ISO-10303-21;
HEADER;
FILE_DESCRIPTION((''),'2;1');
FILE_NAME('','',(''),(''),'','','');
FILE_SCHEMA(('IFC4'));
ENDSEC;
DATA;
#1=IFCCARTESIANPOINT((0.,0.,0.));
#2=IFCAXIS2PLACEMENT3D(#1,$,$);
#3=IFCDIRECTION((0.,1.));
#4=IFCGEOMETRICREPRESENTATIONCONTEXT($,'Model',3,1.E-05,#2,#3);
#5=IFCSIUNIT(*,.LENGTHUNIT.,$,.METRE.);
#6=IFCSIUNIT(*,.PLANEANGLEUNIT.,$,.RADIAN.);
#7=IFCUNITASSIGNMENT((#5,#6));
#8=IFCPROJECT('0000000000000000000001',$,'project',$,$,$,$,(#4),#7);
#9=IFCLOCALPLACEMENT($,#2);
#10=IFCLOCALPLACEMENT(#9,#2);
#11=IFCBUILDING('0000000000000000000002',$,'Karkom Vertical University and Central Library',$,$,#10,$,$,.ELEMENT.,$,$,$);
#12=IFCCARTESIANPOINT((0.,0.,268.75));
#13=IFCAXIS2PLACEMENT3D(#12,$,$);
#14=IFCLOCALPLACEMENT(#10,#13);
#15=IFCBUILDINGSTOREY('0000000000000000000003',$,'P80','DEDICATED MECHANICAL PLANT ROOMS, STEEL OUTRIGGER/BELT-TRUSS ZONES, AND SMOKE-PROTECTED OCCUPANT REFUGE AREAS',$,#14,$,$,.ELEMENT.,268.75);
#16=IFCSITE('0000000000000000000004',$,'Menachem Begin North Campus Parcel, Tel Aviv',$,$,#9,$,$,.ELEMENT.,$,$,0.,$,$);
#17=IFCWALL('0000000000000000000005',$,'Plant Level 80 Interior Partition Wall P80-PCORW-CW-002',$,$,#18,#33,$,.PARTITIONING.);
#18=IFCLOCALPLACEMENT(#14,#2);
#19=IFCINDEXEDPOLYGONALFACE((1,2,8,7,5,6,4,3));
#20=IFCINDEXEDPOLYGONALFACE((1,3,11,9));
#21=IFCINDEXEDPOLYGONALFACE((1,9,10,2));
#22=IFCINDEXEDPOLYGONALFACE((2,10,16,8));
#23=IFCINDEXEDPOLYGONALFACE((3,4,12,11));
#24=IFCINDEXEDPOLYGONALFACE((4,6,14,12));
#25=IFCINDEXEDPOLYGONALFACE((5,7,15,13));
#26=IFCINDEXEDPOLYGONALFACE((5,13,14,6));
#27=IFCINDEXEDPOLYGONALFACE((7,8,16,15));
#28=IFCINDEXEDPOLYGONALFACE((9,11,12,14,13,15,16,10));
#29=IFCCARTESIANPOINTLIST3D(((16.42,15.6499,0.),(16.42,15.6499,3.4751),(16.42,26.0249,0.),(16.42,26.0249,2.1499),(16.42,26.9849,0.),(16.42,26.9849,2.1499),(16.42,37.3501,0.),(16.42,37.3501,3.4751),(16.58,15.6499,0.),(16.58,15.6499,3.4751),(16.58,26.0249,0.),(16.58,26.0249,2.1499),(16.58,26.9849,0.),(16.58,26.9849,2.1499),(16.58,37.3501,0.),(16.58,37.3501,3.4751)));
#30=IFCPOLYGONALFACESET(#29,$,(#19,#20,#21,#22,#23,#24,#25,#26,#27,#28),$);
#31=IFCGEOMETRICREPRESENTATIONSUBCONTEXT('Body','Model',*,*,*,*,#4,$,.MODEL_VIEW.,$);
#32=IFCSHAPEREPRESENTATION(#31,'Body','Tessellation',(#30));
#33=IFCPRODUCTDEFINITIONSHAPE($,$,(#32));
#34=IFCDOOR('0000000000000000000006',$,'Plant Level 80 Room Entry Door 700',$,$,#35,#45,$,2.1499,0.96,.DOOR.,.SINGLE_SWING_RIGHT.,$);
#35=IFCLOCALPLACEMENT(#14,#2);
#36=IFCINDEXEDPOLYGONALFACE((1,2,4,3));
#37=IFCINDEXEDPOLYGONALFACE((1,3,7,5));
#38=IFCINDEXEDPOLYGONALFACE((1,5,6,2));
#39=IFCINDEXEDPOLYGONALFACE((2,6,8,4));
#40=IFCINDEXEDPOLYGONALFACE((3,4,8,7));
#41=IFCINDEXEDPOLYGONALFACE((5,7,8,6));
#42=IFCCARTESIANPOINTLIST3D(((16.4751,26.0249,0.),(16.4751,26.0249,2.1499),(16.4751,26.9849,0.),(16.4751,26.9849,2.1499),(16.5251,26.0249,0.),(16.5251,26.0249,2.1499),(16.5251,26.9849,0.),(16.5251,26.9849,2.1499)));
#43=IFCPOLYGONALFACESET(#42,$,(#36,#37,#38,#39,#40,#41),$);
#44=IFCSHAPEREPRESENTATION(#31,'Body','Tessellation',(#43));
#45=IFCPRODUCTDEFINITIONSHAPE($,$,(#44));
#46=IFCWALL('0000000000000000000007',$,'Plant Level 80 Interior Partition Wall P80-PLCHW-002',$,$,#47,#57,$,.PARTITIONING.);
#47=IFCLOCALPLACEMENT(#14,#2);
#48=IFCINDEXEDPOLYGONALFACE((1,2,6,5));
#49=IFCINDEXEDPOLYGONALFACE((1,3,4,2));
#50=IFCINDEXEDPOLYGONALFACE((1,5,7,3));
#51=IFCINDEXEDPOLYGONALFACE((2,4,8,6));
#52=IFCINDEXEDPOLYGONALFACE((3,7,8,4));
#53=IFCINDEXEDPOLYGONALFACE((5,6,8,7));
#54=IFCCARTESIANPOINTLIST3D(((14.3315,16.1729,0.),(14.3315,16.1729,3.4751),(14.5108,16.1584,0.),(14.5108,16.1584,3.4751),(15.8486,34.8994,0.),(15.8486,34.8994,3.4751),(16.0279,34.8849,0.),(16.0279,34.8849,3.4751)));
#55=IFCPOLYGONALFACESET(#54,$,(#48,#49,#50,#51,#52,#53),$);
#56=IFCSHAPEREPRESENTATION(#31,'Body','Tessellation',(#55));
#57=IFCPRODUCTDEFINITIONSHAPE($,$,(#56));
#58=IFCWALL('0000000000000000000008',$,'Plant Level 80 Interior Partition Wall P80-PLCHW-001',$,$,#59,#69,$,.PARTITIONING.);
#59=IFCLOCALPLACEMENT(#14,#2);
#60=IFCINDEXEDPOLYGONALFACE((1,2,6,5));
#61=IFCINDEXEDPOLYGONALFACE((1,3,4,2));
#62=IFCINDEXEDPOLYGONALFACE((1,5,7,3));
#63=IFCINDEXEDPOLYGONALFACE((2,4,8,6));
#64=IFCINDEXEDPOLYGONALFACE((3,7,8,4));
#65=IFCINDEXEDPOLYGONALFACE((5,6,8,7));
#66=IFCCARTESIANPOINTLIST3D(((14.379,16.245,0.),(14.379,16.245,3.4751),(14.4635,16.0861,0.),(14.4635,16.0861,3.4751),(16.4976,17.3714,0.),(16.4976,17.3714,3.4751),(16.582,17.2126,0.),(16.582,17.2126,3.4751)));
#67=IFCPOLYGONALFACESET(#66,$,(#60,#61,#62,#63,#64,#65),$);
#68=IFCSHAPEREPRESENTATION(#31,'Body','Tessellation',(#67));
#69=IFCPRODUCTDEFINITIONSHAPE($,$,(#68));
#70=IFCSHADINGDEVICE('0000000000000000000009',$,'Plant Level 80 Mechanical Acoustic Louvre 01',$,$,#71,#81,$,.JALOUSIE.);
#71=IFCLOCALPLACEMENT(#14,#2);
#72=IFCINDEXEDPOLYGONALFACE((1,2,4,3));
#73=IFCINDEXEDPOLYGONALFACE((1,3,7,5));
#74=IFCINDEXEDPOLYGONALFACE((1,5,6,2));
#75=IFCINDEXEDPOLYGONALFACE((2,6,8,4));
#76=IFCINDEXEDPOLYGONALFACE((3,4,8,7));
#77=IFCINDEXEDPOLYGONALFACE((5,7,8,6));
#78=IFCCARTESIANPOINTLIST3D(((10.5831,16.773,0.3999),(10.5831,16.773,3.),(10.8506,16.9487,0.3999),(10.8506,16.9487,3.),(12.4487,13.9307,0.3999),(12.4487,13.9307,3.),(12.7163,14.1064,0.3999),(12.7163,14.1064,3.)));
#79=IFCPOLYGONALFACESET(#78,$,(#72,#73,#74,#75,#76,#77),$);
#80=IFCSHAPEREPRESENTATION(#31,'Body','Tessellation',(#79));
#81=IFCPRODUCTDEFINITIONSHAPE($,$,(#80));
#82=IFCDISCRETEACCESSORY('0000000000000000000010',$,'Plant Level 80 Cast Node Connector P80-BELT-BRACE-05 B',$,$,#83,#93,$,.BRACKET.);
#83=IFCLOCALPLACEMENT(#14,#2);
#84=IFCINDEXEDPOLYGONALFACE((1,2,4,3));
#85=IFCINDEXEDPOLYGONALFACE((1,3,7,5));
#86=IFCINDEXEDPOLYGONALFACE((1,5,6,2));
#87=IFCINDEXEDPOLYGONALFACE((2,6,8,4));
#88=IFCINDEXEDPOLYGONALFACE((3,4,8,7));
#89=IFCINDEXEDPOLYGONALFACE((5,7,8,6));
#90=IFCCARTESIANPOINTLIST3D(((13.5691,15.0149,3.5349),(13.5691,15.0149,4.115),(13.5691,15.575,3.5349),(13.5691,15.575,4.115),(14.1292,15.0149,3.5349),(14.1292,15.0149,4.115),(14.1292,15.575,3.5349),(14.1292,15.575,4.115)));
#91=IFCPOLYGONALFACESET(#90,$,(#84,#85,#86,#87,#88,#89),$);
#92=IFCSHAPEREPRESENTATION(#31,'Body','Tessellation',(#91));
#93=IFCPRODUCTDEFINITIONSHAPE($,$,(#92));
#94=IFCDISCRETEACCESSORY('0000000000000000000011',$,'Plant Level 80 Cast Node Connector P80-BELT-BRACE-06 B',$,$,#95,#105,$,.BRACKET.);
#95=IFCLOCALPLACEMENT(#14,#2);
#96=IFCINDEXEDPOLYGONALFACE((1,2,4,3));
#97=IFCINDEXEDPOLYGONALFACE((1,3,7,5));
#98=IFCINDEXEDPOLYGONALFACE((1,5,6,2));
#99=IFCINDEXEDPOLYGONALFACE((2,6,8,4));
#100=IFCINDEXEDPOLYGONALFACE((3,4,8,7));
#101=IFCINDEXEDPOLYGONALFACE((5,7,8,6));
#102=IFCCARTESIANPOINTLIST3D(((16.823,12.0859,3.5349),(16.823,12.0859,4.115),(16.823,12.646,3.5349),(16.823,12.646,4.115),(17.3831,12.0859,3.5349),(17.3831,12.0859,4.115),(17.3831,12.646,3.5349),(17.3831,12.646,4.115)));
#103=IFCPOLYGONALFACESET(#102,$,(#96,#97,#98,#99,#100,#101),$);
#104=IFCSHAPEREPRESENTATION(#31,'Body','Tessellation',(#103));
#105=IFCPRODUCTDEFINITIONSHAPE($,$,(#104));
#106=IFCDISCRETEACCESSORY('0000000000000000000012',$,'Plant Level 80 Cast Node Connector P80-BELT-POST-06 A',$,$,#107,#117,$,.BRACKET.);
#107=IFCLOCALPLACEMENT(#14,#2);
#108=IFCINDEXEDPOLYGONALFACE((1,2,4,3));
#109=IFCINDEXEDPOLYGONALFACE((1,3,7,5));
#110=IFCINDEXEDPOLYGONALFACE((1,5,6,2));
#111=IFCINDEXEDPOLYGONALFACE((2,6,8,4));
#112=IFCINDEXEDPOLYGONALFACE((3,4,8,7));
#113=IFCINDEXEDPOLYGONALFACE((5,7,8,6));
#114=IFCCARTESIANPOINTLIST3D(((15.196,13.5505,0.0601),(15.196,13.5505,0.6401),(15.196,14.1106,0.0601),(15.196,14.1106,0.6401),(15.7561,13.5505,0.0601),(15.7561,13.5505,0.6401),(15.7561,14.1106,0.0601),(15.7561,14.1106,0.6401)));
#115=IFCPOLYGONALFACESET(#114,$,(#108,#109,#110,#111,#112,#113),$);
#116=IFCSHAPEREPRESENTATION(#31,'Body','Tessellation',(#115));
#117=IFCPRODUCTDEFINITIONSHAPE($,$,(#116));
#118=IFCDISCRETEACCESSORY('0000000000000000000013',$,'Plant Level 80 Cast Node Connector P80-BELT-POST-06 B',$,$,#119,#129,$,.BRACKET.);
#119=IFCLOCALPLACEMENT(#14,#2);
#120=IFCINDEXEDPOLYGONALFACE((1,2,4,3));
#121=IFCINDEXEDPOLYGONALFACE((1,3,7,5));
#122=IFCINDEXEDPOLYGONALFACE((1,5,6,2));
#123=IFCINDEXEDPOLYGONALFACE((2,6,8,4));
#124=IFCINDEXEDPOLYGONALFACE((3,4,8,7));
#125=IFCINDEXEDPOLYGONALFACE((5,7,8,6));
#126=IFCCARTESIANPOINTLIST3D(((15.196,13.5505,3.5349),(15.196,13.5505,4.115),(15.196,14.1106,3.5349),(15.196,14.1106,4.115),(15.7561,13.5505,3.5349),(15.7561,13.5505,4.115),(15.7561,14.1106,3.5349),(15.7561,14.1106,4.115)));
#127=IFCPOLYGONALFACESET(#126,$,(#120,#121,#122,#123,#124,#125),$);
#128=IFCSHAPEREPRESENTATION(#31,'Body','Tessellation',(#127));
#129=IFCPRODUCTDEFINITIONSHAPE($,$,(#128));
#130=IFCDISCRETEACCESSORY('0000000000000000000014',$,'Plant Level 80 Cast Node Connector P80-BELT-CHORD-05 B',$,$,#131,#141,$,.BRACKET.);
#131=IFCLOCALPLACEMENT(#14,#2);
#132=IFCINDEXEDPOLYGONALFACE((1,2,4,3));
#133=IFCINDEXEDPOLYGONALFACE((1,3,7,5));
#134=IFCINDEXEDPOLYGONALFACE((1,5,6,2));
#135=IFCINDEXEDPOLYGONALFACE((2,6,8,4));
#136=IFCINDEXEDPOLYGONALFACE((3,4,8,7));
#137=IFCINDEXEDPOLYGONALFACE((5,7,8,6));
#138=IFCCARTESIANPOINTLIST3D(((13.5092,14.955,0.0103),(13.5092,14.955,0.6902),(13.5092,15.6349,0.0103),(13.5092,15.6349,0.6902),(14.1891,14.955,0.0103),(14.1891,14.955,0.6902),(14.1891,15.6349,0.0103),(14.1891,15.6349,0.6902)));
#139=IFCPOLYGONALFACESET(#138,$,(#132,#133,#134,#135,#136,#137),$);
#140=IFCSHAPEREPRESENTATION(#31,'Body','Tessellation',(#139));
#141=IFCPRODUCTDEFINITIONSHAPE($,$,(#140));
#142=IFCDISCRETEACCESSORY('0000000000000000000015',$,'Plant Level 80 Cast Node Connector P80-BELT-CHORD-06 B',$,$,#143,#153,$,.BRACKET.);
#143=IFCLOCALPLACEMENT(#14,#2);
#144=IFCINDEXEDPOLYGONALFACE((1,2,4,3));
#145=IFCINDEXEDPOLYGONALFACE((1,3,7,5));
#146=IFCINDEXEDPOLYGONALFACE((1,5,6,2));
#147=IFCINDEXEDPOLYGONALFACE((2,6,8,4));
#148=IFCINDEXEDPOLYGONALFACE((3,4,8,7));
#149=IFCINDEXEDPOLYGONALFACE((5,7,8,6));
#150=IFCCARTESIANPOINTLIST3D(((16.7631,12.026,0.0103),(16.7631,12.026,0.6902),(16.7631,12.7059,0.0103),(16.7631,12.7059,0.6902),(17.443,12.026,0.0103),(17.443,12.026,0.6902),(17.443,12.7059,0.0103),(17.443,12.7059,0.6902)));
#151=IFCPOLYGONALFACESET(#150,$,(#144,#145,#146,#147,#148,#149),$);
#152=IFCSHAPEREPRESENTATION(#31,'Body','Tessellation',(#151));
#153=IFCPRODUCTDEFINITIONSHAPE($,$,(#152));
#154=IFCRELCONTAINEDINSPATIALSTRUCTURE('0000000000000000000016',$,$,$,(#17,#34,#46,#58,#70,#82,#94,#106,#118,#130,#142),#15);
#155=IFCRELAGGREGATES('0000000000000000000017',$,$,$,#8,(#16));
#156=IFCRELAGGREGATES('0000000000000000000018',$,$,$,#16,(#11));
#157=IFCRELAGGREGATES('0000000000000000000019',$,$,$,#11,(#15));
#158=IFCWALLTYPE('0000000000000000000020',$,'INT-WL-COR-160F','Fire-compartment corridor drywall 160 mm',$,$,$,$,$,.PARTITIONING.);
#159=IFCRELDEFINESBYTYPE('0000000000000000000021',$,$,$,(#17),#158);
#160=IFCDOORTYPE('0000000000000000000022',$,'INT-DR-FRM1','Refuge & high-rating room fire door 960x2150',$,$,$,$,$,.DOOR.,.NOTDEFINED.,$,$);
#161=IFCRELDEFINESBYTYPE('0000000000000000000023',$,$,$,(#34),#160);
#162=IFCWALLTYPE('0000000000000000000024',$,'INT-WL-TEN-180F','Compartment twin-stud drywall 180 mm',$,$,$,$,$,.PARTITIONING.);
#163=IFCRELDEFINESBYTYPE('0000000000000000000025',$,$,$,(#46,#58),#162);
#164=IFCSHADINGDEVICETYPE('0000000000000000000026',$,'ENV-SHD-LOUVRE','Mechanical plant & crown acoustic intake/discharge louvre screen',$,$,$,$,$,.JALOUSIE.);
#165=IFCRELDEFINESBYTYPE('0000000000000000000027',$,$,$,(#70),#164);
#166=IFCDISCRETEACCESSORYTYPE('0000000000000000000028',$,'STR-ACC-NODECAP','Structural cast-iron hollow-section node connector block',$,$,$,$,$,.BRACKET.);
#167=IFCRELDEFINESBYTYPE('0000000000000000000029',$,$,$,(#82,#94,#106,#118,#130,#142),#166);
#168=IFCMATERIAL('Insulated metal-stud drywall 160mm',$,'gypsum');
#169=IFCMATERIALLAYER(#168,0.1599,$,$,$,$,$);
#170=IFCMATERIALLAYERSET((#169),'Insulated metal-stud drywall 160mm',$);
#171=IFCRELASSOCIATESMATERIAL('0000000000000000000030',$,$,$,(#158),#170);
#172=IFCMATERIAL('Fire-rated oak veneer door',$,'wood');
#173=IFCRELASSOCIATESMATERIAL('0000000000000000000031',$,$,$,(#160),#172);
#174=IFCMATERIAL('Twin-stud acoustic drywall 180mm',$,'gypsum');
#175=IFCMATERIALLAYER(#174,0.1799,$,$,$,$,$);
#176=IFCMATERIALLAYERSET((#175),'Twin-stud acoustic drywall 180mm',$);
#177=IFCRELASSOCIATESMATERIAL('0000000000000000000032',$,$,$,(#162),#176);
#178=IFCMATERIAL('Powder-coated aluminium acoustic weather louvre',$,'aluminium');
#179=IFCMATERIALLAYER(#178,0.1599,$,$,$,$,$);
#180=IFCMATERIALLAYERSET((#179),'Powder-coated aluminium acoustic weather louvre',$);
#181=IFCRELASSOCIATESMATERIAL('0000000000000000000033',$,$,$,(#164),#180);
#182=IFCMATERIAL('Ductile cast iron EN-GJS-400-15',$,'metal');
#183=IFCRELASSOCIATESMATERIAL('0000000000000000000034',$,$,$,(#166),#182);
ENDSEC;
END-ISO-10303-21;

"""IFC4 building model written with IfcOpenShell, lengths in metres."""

from ifc_helpers import new_model, si_unit, direction, frame, frame_2d, origin, origin_with_axes, origin_2d, place, context, subcontext, project, spatial, rectangle, extrude, source, transform, mapped, material, layer, layer_set, type_object, element, fill, save


model = new_model("IFC4")

# Units and contexts
model_context = context("Model", 3, precision=1e-05, world=origin(), true_north=direction((0.0, 1.0)))
body_context = subcontext(model_context, "Body", "Model", "MODEL_VIEW")
ifc_project = project(units=[si_unit("LENGTHUNIT", "METRE"), si_unit("PLANEANGLEUNIT", "RADIAN")], contexts=[model_context])

# Site, building, storey
site_placement = place(None, origin())
site = spatial("IfcSite", under=ifc_project, at=site_placement, Name="Menachem Begin North Campus Parcel, Tel Aviv", CompositionType="ELEMENT", RefElevation=0.0)
building_placement = place(site_placement, origin())
building = spatial("IfcBuilding", under=site, at=building_placement, Name="Karkom Vertical University and Central Library", CompositionType="ELEMENT")
storey_placement = place(building_placement, frame((0.0, 0.0, 268.75)))
storey = spatial("IfcBuildingStorey", under=building, at=storey_placement, Name="P80", Description="DEDICATED MECHANICAL PLANT ROOMS, STEEL OUTRIGGER/BELT-TRUSS ZONES, AND SMOKE-PROTECTED OCCUPANT REFUGE AREAS", CompositionType="ELEMENT", Elevation=268.75)

# Wall, opening, door
ifc_material_1 = material(Name="Insulated metal-stud drywall 160mm", Category="gypsum")
ifc_layer_1 = layer(ifc_material_1, 0.1599)
ifc_layer_set_1 = layer_set([ifc_layer_1], Name="Insulated metal-stud drywall 160mm")
wall_type_1 = type_object("IfcWallType", Name="INT-WL-COR-160F", Description="Fire-compartment corridor drywall 160 mm", PredefinedType="PARTITIONING", material=ifc_layer_set_1)
wall_1_placement = place(storey_placement, frame((16.5, 15.6499, 0.0), z_axis=(0.0, 0.0, 1.0), x_axis=(0.0, 1.0, 0.0)))
wall_1 = element("IfcWall", 1, at=wall_1_placement, inside=storey, type_object=wall_type_1, Name="Plant Level 80 Interior Partition Wall P80-PCORW-CW-002", PredefinedType="PARTITIONING", context=body_context, shape_type="SweptSolid", body=[
    extrude(rectangle(XDim=21.7002, YDim=0.1599, at=frame_2d((10.8501, 0.0))), origin(), (0.0, 0.0, 1.0), 3.4751),
])
opening_placement = place(wall_1_placement, frame((10.375, 0.0, 0.0)))
opening = element("IfcOpeningElement", 2, at=opening_placement, cuts=wall_1, PredefinedType="OPENING", context=body_context, shape_type="SweptSolid", body=[
    extrude(rectangle(XDim=0.96, YDim=2.1499, at=frame_2d((0.48, 1.075))), frame((0.0, 0.0898, 0.0), z_axis=(0.0, -1.0, 0.0), x_axis=(1.0, 0.0, 0.0)), (0.0, 0.0, 1.0), 0.1799),
])
ifc_material_2 = material(Name="Fire-rated oak veneer door", Category="wood")
door_type = type_object("IfcDoorType", Name="INT-DR-FRM1", Description="Refuge & high-rating room fire door 960x2150", OperationType="NOTDEFINED", PredefinedType="DOOR", material=ifc_material_2)
shared_shape_1 = source(origin_with_axes(), body_context, "Body", "SweptSolid", [
    extrude(rectangle(XDim=0.96, YDim=2.1499, at=frame_2d((0.48, 1.075))), frame((0.0, 0.0249, 0.0), z_axis=(0.0, -1.0, 0.0), x_axis=(1.0, 0.0, 0.0)), (0.0, 0.0, 1.0), 0.05),
])
door_placement = place(opening_placement, origin())
door = element("IfcDoor", 3, at=door_placement, inside=storey, type_object=door_type, Name="Plant Level 80 Room Entry Door 700", OperationType="SINGLE_SWING_RIGHT", OverallHeight=2.1499, OverallWidth=0.96, PredefinedType="DOOR", context=body_context, shape_type="MappedRepresentation", body=[
    mapped(shared_shape_1, transform((0.0, 0.0, 0.0), scale=1.0)),
])
fill(opening, door)

# Walls
ifc_material_3 = material(Name="Twin-stud acoustic drywall 180mm", Category="gypsum")
ifc_layer_2 = layer(ifc_material_3, 0.1799)
ifc_layer_set_2 = layer_set([ifc_layer_2], Name="Twin-stud acoustic drywall 180mm")
wall_type_2 = type_object("IfcWallType", Name="INT-WL-TEN-180F", Description="Compartment twin-stud drywall 180 mm", PredefinedType="PARTITIONING", material=ifc_layer_set_2)
wall_2_placement = place(storey_placement, frame((14.4211, 16.1655, 0.0), z_axis=(0.0, 0.0, 1.0), x_axis=(0.080748, 0.996735, 0.0)))
element("IfcWall", 4, at=wall_2_placement, inside=storey, type_object=wall_type_2, Name="Plant Level 80 Interior Partition Wall P80-PLCHW-002", PredefinedType="PARTITIONING", context=body_context, shape_type="SweptSolid", body=[
    extrude(rectangle(XDim=18.7878, YDim=0.1799, at=frame_2d((9.394, 0.0))), origin(), (0.0, 0.0, 1.0), 3.4751),
])
wall_3_placement = place(storey_placement, frame((16.5398, 17.292, 0.0), z_axis=(0.0, 0.0, 1.0), x_axis=(-0.882955, -0.469458, 0.0)))
element("IfcWall", 5, at=wall_3_placement, inside=storey, type_object=wall_type_2, Name="Plant Level 80 Interior Partition Wall P80-PLCHW-001", PredefinedType="PARTITIONING", context=body_context, shape_type="SweptSolid", body=[
    extrude(rectangle(XDim=2.3994, YDim=0.1799, at=frame_2d((1.1997, 0.0))), origin(), (0.0, 0.0, 1.0), 3.4751),
])

# Shading device
ifc_material_4 = material(Name="Powder-coated aluminium acoustic weather louvre", Category="aluminium")
ifc_layer_3 = layer(ifc_material_4, 0.1599)
ifc_layer_set_3 = layer_set([ifc_layer_3], Name="Powder-coated aluminium acoustic weather louvre")
shading_device_type = type_object("IfcShadingDeviceType", Name="ENV-SHD-LOUVRE", Description="Mechanical plant & crown acoustic intake/discharge louvre screen", PredefinedType="JALOUSIE", material=ifc_layer_set_3)
shared_shape_2 = source(origin_with_axes(), body_context, "Body", "SweptSolid", [
    extrude(rectangle(XDim=3.3999, YDim=0.3201, at=origin_2d()), origin(), (0.0, 0.0, 1.0), 2.6001),
])
shading_device_placement = place(storey_placement, frame((11.6497, 15.4397, 0.3999), z_axis=(0.0, 0.0, 1.0), x_axis=(0.548731, -0.835999, 0.0)))
element("IfcShadingDevice", 6, at=shading_device_placement, inside=storey, type_object=shading_device_type, Name="Plant Level 80 Mechanical Acoustic Louvre 01", PredefinedType="JALOUSIE", context=body_context, shape_type="MappedRepresentation", body=[
    mapped(shared_shape_2, transform((0.0, 0.0, 0.0), scale=1.0)),
])

# Discrete accessories
ifc_material_5 = material(Name="Ductile cast iron EN-GJS-400-15", Category="metal")
discrete_accessory_type = type_object("IfcDiscreteAccessoryType", Name="STR-ACC-NODECAP", Description="Structural cast-iron hollow-section node connector block", PredefinedType="BRACKET", material=ifc_material_5)
shared_shape_3 = source(origin_with_axes(), body_context, "Body", "SweptSolid", [
    extrude(rectangle(XDim=0.5601, YDim=0.5601, at=origin_2d()), origin(), (0.0, 0.0, 1.0), 0.5801),
])
for number, where, z_axis, x_axis, name in (
    (7, (13.8491, 15.2949, 3.5349), (0.0, 0.0, 1.0), (1.0, 0.0, 0.0), "Plant Level 80 Cast Node Connector P80-BELT-BRACE-05 B"),
    (8, (17.103, 12.366, 3.5349), (0.0, 0.0, 1.0), (1.0, 0.0, 0.0), "Plant Level 80 Cast Node Connector P80-BELT-BRACE-06 B"),
    (9, (15.4761, 13.8306, 0.0601), (0.0, 0.0, 1.0), (1.0, 0.0, 0.0), "Plant Level 80 Cast Node Connector P80-BELT-POST-06 A"),
    (10, (15.4761, 13.8306, 3.5349), (0.0, 0.0, 1.0), (1.0, 0.0, 0.0), "Plant Level 80 Cast Node Connector P80-BELT-POST-06 B"),
):
    element("IfcDiscreteAccessory", number, at=place(storey_placement, frame(where, z_axis=z_axis, x_axis=x_axis)), inside=storey, type_object=discrete_accessory_type, Name=name, PredefinedType="BRACKET", context=body_context, shape_type="MappedRepresentation", body=[
        mapped(shared_shape_3, transform((0.0, 0.0, 0.0), scale=1.0)),
    ])
shared_shape_4 = source(origin_with_axes(), body_context, "Body", "SweptSolid", [
    extrude(rectangle(XDim=0.6799, YDim=0.6799, at=origin_2d()), origin(), (0.0, 0.0, 1.0), 0.6799),
])
for number, where, z_axis, x_axis, name in (
    (11, (13.8491, 15.2949, 0.0103), (0.0, 0.0, 1.0), (1.0, 0.0, 0.0), "Plant Level 80 Cast Node Connector P80-BELT-CHORD-05 B"),
    (12, (17.103, 12.366, 0.0103), (0.0, 0.0, 1.0), (1.0, 0.0, 0.0), "Plant Level 80 Cast Node Connector P80-BELT-CHORD-06 B"),
):
    element("IfcDiscreteAccessory", number, at=place(storey_placement, frame(where, z_axis=z_axis, x_axis=x_axis)), inside=storey, type_object=discrete_accessory_type, Name=name, PredefinedType="BRACKET", context=body_context, shape_type="MappedRepresentation", body=[
        mapped(shared_shape_4, transform((0.0, 0.0, 0.0), scale=1.0)),
    ])

save(model, "model.ifc")
